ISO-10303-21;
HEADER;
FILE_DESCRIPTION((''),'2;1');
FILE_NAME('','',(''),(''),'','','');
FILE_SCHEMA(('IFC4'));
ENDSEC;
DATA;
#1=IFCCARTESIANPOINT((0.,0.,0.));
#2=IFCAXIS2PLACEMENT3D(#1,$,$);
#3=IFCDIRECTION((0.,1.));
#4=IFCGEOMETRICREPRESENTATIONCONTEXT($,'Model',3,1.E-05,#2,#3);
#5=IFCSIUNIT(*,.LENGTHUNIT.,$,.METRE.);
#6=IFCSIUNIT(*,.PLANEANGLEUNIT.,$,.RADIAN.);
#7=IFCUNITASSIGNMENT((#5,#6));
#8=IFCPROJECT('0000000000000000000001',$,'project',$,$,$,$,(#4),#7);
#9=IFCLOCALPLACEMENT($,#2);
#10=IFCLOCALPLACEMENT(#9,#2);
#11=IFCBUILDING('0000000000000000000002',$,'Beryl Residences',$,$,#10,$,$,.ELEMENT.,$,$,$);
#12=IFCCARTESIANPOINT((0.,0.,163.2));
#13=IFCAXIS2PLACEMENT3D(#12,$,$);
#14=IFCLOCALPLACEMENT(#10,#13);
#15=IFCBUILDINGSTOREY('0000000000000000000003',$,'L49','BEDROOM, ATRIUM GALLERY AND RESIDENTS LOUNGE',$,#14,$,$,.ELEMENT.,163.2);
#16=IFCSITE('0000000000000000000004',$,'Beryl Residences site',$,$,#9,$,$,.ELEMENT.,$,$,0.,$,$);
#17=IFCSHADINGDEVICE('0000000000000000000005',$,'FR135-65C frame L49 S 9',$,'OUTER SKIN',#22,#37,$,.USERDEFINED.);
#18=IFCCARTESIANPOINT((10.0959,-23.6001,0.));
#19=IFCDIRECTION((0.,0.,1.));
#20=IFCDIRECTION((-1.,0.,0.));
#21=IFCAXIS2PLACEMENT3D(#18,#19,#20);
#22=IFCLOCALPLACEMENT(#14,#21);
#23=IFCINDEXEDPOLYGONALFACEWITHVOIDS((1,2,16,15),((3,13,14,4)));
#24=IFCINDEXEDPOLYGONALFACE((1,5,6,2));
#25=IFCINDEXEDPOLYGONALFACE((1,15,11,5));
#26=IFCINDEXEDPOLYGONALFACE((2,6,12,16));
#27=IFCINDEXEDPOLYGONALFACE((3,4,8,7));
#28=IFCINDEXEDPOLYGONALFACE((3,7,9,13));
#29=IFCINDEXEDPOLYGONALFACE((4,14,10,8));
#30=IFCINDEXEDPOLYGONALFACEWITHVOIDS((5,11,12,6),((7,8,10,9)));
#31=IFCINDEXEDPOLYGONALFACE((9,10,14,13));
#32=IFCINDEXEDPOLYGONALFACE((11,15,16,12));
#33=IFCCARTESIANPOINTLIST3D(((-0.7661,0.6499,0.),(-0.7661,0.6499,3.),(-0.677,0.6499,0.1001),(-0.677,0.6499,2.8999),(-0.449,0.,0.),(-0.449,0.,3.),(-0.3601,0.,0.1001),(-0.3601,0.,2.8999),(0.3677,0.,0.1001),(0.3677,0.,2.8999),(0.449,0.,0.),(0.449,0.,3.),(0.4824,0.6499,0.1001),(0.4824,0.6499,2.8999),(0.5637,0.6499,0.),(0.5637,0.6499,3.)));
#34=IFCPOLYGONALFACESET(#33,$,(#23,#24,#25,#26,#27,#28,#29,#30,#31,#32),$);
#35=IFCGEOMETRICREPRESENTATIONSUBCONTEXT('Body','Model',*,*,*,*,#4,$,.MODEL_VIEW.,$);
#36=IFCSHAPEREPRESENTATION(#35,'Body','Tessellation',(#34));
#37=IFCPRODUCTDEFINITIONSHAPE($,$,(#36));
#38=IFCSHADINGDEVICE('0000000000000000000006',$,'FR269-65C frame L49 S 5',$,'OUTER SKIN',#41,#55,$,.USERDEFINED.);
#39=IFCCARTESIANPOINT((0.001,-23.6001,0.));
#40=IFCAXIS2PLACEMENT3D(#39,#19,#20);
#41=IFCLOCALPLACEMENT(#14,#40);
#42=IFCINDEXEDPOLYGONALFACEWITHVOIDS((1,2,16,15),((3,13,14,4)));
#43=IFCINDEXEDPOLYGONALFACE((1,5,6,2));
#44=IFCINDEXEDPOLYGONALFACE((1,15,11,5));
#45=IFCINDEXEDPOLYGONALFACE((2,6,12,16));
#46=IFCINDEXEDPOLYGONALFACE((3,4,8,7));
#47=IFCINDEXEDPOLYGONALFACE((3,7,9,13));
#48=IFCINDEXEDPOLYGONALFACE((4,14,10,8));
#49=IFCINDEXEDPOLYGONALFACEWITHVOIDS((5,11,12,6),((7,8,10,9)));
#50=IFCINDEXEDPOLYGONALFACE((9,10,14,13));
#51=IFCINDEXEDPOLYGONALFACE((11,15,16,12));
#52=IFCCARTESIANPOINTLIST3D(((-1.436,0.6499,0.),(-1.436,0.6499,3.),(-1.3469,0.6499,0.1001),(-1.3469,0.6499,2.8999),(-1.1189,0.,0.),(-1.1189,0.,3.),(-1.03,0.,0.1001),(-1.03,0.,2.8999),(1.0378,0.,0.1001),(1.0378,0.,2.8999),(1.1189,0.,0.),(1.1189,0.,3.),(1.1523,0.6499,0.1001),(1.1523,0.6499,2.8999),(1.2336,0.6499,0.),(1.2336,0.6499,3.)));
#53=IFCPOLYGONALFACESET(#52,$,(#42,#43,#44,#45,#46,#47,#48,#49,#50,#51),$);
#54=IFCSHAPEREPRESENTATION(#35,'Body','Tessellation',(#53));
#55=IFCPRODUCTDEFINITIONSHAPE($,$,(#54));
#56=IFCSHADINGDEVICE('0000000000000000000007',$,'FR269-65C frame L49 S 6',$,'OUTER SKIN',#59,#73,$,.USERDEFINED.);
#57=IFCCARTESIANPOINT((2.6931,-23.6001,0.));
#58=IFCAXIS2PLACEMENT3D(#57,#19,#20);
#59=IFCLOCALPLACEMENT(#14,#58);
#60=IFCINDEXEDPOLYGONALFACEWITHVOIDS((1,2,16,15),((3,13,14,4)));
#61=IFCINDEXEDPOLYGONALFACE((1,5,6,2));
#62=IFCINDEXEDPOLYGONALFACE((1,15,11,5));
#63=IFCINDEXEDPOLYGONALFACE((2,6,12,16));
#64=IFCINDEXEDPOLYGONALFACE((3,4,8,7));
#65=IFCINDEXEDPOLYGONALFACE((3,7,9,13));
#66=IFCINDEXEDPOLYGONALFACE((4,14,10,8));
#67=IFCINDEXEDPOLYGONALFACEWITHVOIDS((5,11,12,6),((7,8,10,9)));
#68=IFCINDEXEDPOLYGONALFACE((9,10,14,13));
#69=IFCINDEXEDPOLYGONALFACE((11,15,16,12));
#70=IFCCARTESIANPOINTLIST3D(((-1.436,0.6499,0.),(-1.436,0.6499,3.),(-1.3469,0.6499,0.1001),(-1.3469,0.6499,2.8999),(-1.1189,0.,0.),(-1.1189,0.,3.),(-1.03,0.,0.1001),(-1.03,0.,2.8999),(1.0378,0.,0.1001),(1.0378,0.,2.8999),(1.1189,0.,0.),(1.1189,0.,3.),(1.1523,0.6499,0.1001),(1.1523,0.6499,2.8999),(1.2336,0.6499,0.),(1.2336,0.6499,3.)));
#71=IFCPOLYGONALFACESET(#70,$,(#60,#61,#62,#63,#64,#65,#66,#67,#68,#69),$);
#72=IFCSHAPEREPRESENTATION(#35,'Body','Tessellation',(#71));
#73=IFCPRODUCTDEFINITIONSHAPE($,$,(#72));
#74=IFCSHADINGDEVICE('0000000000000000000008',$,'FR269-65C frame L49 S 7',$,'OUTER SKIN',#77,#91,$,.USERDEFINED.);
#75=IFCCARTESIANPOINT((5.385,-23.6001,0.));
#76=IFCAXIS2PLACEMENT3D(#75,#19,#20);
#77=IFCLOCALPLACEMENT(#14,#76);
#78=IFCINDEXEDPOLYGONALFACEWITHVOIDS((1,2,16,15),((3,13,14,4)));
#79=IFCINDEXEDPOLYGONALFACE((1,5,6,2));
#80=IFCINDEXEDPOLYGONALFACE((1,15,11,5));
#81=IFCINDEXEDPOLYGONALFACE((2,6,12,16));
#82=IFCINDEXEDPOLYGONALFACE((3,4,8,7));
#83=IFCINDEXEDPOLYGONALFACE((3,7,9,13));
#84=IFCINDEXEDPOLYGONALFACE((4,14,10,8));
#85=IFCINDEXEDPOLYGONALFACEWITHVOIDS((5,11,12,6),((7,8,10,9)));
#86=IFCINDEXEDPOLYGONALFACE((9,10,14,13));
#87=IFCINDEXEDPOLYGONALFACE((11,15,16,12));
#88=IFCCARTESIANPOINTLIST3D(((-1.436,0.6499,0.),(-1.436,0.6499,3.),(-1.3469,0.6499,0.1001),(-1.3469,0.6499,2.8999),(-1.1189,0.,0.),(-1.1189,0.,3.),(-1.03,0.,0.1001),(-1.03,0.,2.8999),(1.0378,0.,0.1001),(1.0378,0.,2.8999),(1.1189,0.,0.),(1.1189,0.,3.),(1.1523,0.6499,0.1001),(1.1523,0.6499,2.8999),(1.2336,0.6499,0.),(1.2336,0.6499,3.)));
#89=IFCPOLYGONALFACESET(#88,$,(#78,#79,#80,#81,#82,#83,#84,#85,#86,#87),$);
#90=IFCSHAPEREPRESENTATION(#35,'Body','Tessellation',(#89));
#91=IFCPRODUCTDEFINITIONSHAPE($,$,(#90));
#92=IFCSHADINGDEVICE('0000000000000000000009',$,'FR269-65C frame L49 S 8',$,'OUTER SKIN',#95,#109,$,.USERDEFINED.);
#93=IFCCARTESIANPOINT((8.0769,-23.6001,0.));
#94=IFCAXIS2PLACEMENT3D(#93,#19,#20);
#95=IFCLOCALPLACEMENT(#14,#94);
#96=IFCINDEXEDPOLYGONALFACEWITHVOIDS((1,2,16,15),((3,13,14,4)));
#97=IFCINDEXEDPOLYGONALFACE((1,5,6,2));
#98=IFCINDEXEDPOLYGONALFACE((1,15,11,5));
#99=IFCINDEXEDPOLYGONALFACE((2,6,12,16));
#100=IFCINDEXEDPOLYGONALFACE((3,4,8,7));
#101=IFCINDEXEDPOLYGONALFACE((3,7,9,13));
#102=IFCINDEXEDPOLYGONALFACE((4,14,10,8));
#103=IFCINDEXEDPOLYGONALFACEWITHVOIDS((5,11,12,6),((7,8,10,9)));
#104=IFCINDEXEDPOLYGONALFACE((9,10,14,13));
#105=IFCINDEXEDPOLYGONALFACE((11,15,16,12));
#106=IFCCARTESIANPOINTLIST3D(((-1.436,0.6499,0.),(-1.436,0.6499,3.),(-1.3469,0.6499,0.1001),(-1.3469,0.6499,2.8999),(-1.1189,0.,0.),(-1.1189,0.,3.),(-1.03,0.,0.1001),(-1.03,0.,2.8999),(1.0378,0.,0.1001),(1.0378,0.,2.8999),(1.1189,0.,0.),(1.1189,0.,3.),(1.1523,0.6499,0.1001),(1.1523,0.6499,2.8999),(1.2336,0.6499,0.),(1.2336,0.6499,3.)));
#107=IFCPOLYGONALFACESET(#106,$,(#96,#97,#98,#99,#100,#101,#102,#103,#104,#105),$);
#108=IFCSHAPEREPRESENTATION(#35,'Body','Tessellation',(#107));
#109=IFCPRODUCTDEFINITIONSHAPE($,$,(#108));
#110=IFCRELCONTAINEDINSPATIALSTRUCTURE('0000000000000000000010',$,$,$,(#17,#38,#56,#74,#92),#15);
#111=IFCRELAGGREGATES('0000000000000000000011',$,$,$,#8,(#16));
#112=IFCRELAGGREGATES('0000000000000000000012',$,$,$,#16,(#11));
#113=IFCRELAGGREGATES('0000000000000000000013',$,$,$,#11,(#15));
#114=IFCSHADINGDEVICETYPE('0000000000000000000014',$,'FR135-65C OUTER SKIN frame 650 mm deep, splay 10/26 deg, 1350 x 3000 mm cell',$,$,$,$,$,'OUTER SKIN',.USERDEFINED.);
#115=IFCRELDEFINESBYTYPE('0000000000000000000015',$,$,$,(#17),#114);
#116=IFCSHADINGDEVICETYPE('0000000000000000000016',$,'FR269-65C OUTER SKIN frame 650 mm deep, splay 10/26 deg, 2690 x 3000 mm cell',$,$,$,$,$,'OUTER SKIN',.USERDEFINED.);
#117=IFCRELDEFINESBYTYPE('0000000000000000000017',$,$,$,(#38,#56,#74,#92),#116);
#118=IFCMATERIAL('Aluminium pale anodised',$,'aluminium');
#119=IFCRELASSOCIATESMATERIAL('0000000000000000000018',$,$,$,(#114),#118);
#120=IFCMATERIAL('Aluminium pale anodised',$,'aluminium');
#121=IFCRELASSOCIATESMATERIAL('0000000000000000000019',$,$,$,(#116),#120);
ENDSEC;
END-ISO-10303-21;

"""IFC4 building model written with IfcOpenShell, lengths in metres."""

from ifc_helpers import new_model, entity, si_unit, direction, frame, origin, place, context, subcontext, project, spatial, source, transform, mapped, material, type_object, type_shapes, element, save


model = new_model("IFC4")

# Units and contexts
model_context = context("Model", 3, precision=1e-05, world=origin(), true_north=direction((0.0, 1.0)))
body_context = subcontext(model_context, "Body", "Model", "MODEL_VIEW")
ifc_project = project(units=[si_unit("LENGTHUNIT", "METRE"), si_unit("PLANEANGLEUNIT", "RADIAN")], contexts=[model_context])

# Site, building, storey
site_placement = place(None, origin())
site = spatial("IfcSite", under=ifc_project, at=site_placement, Name="Beryl Residences site", CompositionType="ELEMENT", RefElevation=0.0)
building_placement = place(site_placement, origin())
building = spatial("IfcBuilding", under=site, at=building_placement, Name="Beryl Residences", CompositionType="ELEMENT")
storey_placement = place(building_placement, frame((0.0, 0.0, 163.2)))
storey = spatial("IfcBuildingStorey", under=building, at=storey_placement, Name="L49", Description="BEDROOM, ATRIUM GALLERY AND RESIDENTS LOUNGE", CompositionType="ELEMENT", Elevation=163.2)

# Shading devices
ifc_material_1 = material(Name="Aluminium pale anodised", Category="aluminium")
shading_device_type_1 = type_object("IfcShadingDeviceType", Name="FR135-65C OUTER SKIN frame 650 mm deep, splay 10/26 deg, 1350 x 3000 mm cell", ElementType="OUTER SKIN", PredefinedType="USERDEFINED", material=ifc_material_1)
cartesian_point_1 = entity("IfcCartesianPoint", [-0.449, 0.0])
cartesian_point_2 = entity("IfcCartesianPoint", [-0.3677, 0.1001])
cartesian_point_3 = entity("IfcCartesianPoint", [-0.5637, 0.0])
cartesian_point_4 = entity("IfcCartesianPoint", [-0.4824, 0.1001])
shared_shape_1 = source(origin(), body_context, "Body", "SweptSolid", [
    entity("IfcExtrudedAreaSolidTapered", entity("IfcArbitraryProfileDefWithVoids", "AREA", None, entity("IfcPolyline", [cartesian_point_1, entity("IfcCartesianPoint", [0.449, 0.0]), entity("IfcCartesianPoint", [0.449, 3.0]), entity("IfcCartesianPoint", [-0.449, 3.0]), cartesian_point_1]), [entity("IfcPolyline", [cartesian_point_2, entity("IfcCartesianPoint", [0.3601, 0.1001]), entity("IfcCartesianPoint", [0.3601, 2.8999]), entity("IfcCartesianPoint", [-0.3677, 2.8999]), cartesian_point_2])]), entity("IfcAxis2Placement3D", entity("IfcCartesianPoint", [0.0, 0.0, 0.0]), entity("IfcDirection", [0.0, 1.0, 0.0]), entity("IfcDirection", [-1.0, 0.0, 0.0])), entity("IfcDirection", [0.0, 0.0, 1.0]), 0.6499, entity("IfcArbitraryProfileDefWithVoids", "AREA", None, entity("IfcPolyline", [cartesian_point_3, entity("IfcCartesianPoint", [0.7661, 0.0]), entity("IfcCartesianPoint", [0.7661, 3.0]), entity("IfcCartesianPoint", [-0.5637, 3.0]), cartesian_point_3]), [entity("IfcPolyline", [cartesian_point_4, entity("IfcCartesianPoint", [0.677, 0.1001]), entity("IfcCartesianPoint", [0.677, 2.8999]), entity("IfcCartesianPoint", [-0.4824, 2.8999]), cartesian_point_4])])),
])
type_shapes(shading_device_type_1, [shared_shape_1])
shading_device_placement = place(storey_placement, frame((10.0959, -23.6001, 0.0), z_axis=(0.0, 0.0, 1.0), x_axis=(-1.0, 0.0, 0.0)))
element("IfcShadingDevice", 1, at=shading_device_placement, inside=storey, type_object=shading_device_type_1, Name="FR135-65C frame L49 S 9", ObjectType="OUTER SKIN", PredefinedType="USERDEFINED", context=body_context, shape_type="MappedRepresentation", body=[
    mapped(shared_shape_1, transform((0.0, 0.0, 0.0))),
])
ifc_material_2 = material(Name="Aluminium pale anodised", Category="aluminium")
shading_device_type_2 = type_object("IfcShadingDeviceType", Name="FR269-65C OUTER SKIN frame 650 mm deep, splay 10/26 deg, 2690 x 3000 mm cell", ElementType="OUTER SKIN", PredefinedType="USERDEFINED", material=ifc_material_2)
cartesian_point_5 = entity("IfcCartesianPoint", [-1.1189, 0.0])
cartesian_point_6 = entity("IfcCartesianPoint", [-1.0378, 0.1001])
cartesian_point_7 = entity("IfcCartesianPoint", [-1.2336, 0.0])
cartesian_point_8 = entity("IfcCartesianPoint", [-1.1523, 0.1001])
shared_shape_2 = source(origin(), body_context, "Body", "SweptSolid", [
    entity("IfcExtrudedAreaSolidTapered", entity("IfcArbitraryProfileDefWithVoids", "AREA", None, entity("IfcPolyline", [cartesian_point_5, entity("IfcCartesianPoint", [1.1189, 0.0]), entity("IfcCartesianPoint", [1.1189, 3.0]), entity("IfcCartesianPoint", [-1.1189, 3.0]), cartesian_point_5]), [entity("IfcPolyline", [cartesian_point_6, entity("IfcCartesianPoint", [1.03, 0.1001]), entity("IfcCartesianPoint", [1.03, 2.8999]), entity("IfcCartesianPoint", [-1.0378, 2.8999]), cartesian_point_6])]), entity("IfcAxis2Placement3D", entity("IfcCartesianPoint", [0.0, 0.0, 0.0]), entity("IfcDirection", [0.0, 1.0, 0.0]), entity("IfcDirection", [-1.0, 0.0, 0.0])), entity("IfcDirection", [0.0, 0.0, 1.0]), 0.6499, entity("IfcArbitraryProfileDefWithVoids", "AREA", None, entity("IfcPolyline", [cartesian_point_7, entity("IfcCartesianPoint", [1.436, 0.0]), entity("IfcCartesianPoint", [1.436, 3.0]), entity("IfcCartesianPoint", [-1.2336, 3.0]), cartesian_point_7]), [entity("IfcPolyline", [cartesian_point_8, entity("IfcCartesianPoint", [1.3469, 0.1001]), entity("IfcCartesianPoint", [1.3469, 2.8999]), entity("IfcCartesianPoint", [-1.1523, 2.8999]), cartesian_point_8])])),
])
type_shapes(shading_device_type_2, [shared_shape_2])
for number, where, z_axis, x_axis, name in (
    (2, (0.001, -23.6001, 0.0), (0.0, 0.0, 1.0), (-1.0, 0.0, 0.0), "FR269-65C frame L49 S 5"),
    (3, (2.6931, -23.6001, 0.0), (0.0, 0.0, 1.0), (-1.0, 0.0, 0.0), "FR269-65C frame L49 S 6"),
    (4, (5.385, -23.6001, 0.0), (0.0, 0.0, 1.0), (-1.0, 0.0, 0.0), "FR269-65C frame L49 S 7"),
    (5, (8.0769, -23.6001, 0.0), (0.0, 0.0, 1.0), (-1.0, 0.0, 0.0), "FR269-65C frame L49 S 8"),
):
    element("IfcShadingDevice", number, at=place(storey_placement, frame(where, z_axis=z_axis, x_axis=x_axis)), inside=storey, type_object=shading_device_type_2, Name=name, ObjectType="OUTER SKIN", PredefinedType="USERDEFINED", context=body_context, shape_type="MappedRepresentation", body=[
        mapped(shared_shape_2, transform((0.0, 0.0, 0.0))),
    ])

save(model, "model.ifc")
